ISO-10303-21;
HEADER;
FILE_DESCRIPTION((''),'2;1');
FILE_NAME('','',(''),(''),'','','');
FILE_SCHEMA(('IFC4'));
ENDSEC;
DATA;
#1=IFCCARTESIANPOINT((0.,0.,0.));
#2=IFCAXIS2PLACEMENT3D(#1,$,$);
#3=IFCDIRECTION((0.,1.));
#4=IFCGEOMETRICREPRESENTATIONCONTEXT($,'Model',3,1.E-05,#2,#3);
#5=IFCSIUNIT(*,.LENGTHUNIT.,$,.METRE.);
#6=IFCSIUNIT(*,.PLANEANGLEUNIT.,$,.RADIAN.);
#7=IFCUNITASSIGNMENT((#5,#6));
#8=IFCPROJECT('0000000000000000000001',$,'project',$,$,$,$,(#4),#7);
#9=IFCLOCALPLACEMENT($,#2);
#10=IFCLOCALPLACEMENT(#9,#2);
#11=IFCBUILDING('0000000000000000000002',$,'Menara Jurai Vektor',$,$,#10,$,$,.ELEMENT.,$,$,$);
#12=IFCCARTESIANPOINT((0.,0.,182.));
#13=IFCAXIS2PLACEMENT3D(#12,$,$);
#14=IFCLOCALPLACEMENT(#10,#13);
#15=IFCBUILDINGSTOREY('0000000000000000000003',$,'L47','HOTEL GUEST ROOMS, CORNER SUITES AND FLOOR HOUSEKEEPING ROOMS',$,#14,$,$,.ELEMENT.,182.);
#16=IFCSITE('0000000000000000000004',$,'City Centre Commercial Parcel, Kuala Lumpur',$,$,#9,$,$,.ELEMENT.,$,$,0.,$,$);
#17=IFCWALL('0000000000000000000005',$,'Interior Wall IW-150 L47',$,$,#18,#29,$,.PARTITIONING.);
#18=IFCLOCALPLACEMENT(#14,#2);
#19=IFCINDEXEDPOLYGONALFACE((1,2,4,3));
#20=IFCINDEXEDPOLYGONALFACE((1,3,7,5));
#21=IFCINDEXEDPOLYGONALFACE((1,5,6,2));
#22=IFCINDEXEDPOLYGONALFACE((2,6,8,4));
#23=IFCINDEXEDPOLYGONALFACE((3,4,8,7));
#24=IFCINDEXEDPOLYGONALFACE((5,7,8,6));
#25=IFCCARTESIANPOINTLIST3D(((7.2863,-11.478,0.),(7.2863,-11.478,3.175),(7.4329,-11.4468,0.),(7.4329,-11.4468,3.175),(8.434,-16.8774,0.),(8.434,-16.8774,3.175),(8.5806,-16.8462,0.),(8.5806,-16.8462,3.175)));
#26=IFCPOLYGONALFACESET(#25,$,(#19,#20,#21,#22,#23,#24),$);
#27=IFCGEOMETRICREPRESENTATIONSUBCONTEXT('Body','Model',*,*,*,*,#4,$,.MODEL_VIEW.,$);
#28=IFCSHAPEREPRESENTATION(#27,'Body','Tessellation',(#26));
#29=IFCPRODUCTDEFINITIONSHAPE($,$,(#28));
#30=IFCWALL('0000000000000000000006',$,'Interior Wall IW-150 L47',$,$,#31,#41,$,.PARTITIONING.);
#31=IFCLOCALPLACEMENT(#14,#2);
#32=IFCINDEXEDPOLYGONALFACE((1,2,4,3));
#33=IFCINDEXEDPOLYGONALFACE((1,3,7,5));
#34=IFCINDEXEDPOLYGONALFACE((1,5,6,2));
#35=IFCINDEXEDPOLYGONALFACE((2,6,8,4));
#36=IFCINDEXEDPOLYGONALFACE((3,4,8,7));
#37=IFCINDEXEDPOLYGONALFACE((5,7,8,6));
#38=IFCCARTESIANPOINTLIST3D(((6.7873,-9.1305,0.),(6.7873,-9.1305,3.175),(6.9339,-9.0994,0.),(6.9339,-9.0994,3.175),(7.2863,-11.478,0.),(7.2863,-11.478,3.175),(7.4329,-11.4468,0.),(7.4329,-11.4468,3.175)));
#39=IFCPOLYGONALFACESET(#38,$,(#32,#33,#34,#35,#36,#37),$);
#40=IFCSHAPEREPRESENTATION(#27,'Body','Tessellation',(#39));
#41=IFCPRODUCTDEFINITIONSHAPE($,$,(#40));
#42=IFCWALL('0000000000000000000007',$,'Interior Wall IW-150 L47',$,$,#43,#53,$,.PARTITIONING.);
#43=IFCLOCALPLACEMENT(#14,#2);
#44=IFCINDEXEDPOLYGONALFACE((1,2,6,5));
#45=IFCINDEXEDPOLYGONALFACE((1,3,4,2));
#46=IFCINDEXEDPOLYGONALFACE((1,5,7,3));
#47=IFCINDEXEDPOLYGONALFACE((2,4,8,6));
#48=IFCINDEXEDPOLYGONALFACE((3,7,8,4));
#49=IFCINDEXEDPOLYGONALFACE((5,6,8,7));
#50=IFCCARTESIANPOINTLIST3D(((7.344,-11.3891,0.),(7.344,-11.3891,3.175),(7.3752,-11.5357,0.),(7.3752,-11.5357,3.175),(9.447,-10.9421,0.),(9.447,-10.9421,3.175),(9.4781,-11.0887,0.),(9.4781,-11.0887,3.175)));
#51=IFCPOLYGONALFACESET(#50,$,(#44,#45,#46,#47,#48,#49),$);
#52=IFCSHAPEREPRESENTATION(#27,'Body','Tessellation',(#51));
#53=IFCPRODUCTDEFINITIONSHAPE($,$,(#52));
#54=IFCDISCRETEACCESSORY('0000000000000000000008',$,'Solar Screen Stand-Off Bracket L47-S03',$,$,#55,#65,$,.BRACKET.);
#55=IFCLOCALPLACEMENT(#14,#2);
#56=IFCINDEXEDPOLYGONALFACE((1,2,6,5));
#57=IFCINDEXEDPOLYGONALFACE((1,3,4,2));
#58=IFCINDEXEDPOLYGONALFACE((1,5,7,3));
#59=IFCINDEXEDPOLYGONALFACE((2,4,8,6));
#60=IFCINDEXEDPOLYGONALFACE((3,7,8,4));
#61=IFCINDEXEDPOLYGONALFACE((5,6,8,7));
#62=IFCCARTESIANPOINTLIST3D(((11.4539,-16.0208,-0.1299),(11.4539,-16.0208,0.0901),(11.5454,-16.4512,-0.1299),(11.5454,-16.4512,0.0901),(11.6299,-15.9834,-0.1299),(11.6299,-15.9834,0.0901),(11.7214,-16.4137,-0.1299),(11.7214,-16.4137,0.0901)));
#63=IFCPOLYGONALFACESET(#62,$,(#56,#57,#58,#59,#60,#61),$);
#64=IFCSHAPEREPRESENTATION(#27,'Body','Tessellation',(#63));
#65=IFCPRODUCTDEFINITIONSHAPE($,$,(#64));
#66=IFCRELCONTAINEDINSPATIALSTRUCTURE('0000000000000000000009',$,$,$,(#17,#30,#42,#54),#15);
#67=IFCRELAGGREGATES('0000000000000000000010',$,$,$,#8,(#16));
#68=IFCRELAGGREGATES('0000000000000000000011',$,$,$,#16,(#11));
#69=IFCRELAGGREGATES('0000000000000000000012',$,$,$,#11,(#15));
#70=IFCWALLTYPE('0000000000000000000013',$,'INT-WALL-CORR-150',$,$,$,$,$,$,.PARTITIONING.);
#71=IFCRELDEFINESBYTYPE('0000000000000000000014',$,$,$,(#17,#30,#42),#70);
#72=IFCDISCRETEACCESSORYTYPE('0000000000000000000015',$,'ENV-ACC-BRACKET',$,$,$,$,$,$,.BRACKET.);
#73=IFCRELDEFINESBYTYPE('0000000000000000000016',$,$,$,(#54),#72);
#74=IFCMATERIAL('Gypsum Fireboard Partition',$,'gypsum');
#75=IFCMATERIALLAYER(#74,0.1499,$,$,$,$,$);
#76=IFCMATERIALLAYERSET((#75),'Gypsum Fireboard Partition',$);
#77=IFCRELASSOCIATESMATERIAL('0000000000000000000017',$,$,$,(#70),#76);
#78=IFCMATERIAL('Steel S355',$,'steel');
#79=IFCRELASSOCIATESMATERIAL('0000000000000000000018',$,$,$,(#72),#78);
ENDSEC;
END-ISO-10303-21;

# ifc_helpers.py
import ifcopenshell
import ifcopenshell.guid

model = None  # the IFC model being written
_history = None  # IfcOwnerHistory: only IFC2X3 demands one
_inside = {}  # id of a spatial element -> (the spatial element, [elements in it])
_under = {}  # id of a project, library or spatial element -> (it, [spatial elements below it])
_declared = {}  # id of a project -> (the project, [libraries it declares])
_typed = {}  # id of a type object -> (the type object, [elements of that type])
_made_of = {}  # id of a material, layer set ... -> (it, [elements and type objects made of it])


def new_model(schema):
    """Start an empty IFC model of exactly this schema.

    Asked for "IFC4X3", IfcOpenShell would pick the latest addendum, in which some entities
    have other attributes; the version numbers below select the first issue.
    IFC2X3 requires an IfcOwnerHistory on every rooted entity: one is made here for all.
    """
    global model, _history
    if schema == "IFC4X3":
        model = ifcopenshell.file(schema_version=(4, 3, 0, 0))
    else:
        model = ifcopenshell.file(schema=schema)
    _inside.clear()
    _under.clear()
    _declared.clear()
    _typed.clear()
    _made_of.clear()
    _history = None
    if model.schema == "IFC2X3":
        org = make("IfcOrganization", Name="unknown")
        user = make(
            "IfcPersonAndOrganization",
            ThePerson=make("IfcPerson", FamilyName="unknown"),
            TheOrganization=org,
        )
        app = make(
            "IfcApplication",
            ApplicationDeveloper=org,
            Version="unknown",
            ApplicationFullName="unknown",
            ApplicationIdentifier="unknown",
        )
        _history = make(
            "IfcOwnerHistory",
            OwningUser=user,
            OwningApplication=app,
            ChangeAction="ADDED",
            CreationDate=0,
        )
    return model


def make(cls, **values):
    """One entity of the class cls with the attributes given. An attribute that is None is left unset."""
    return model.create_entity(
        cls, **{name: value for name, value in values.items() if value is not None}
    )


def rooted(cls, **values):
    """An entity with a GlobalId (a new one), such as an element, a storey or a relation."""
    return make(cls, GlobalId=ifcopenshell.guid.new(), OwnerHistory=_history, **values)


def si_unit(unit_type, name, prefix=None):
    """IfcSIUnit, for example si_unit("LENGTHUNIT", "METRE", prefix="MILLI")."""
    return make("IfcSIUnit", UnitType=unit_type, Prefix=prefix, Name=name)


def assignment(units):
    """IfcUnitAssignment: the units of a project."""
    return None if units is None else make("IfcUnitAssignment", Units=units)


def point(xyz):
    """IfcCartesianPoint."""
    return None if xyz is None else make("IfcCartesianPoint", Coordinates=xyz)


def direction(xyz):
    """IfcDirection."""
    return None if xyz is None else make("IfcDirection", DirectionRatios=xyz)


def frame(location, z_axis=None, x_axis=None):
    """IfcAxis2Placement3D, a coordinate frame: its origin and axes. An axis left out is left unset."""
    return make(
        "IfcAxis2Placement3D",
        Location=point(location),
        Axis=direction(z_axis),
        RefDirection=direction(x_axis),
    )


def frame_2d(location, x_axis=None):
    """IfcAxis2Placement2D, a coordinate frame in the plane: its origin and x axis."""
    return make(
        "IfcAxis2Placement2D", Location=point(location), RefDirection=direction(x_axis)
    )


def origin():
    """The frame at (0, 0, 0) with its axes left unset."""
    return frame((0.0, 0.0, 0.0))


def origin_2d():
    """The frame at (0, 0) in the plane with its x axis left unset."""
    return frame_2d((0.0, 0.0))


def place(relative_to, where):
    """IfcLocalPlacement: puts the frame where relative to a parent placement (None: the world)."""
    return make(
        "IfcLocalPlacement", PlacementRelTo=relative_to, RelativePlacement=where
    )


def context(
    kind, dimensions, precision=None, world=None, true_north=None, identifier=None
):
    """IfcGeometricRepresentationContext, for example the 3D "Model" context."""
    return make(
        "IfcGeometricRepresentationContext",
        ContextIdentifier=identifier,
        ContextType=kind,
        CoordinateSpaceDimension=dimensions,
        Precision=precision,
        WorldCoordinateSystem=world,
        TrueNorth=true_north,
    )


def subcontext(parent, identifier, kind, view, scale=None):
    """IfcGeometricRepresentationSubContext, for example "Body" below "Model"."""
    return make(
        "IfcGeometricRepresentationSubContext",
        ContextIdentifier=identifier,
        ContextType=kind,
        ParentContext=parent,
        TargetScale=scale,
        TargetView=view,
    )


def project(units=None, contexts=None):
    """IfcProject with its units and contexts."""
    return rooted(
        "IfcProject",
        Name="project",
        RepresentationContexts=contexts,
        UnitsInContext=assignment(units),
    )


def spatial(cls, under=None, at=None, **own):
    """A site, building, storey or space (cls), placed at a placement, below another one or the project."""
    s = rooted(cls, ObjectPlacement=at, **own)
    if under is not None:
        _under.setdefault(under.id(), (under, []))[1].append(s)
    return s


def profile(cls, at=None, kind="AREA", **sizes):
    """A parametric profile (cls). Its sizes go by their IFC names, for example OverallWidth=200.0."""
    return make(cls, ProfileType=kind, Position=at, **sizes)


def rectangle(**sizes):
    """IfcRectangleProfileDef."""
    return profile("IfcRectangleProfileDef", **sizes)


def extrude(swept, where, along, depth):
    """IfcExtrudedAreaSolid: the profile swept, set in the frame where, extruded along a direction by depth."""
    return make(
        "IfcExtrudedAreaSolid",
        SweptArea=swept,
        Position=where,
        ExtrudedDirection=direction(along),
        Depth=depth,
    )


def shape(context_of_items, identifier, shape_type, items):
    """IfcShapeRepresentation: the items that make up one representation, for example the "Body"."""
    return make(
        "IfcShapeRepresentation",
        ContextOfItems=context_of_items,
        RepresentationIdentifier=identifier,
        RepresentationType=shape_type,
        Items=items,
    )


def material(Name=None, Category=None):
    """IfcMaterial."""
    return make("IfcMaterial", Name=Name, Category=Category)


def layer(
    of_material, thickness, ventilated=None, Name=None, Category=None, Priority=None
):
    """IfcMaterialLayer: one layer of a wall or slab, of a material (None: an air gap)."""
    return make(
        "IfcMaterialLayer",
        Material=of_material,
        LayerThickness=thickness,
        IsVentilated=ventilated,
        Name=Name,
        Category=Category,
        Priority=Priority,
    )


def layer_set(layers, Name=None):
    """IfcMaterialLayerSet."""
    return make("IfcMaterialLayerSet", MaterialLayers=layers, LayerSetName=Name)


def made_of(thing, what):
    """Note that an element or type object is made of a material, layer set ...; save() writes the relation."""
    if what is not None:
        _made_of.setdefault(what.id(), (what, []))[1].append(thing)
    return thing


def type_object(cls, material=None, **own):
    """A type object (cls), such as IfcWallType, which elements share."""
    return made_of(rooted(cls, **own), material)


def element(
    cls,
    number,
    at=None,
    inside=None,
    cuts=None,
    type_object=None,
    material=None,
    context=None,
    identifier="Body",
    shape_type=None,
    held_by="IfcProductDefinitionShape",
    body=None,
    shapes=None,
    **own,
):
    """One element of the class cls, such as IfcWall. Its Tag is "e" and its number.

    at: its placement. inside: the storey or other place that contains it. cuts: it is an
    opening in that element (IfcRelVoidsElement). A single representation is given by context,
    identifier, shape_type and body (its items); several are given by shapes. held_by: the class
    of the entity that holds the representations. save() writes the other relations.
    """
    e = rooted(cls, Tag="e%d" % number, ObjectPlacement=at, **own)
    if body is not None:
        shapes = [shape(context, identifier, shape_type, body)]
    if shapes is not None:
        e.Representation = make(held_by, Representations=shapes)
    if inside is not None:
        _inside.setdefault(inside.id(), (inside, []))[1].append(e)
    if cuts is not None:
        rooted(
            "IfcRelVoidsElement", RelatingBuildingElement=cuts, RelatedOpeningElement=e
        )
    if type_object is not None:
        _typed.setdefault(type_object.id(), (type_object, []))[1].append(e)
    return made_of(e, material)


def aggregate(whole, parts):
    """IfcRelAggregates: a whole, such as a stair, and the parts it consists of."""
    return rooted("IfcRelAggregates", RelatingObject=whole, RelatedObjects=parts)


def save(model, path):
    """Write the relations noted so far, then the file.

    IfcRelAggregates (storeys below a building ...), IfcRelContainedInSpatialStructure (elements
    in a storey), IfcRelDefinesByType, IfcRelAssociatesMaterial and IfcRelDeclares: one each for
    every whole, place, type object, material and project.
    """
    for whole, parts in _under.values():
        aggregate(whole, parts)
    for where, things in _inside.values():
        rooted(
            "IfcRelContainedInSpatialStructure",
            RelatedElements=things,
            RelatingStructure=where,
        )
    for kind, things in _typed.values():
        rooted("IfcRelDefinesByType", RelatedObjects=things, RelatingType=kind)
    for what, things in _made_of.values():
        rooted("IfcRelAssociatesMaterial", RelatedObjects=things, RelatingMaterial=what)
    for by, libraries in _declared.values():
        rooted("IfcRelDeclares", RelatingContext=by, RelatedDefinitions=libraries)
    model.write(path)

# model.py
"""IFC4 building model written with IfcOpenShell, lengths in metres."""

from ifc_helpers import new_model, si_unit, direction, frame, frame_2d, origin, origin_2d, place, context, subcontext, project, spatial, rectangle, extrude, material, layer, layer_set, type_object, element, save


model = new_model("IFC4")

# Units and contexts
model_context = context("Model", 3, precision=1e-05, world=origin(), true_north=direction((0.0, 1.0)))
body_context = subcontext(model_context, "Body", "Model", "MODEL_VIEW")
ifc_project = project(units=[si_unit("LENGTHUNIT", "METRE"), si_unit("PLANEANGLEUNIT", "RADIAN")], contexts=[model_context])

# Site, building, storey
site_placement = place(None, origin())
site = spatial("IfcSite", under=ifc_project, at=site_placement, Name="City Centre Commercial Parcel, Kuala Lumpur", CompositionType="ELEMENT", RefElevation=0.0)
building_placement = place(site_placement, origin())
building = spatial("IfcBuilding", under=site, at=building_placement, Name="Menara Jurai Vektor", CompositionType="ELEMENT")
storey_placement = place(building_placement, frame((0.0, 0.0, 182.0)))
storey = spatial("IfcBuildingStorey", under=building, at=storey_placement, Name="L47", Description="HOTEL GUEST ROOMS, CORNER SUITES AND FLOOR HOUSEKEEPING ROOMS", CompositionType="ELEMENT", Elevation=182.0)

# Shared definitions
ifc_material_1 = material(Name="Steel S355", Category="steel")

# Shared definitions
ifc_material_2 = material(Name="Gypsum Fireboard Partition", Category="gypsum")
ifc_layer_1 = layer(ifc_material_2, 0.1499)
ifc_layer_set_1 = layer_set([ifc_layer_1], Name="Gypsum Fireboard Partition")
wall_type = type_object("IfcWallType", Name="INT-WALL-CORR-150", PredefinedType="PARTITIONING", material=ifc_layer_set_1)

# Walls
wall_1_placement = place(storey_placement, frame((8.5073, -16.8618, 0.0), z_axis=(0.0, 0.0, 1.0), x_axis=(-0.207916, 0.978147, 0.0)))
element("IfcWall", 1, at=wall_1_placement, inside=storey, type_object=wall_type, Name="Interior Wall IW-150 L47", PredefinedType="PARTITIONING", context=body_context, shape_type="SweptSolid", body=[
    extrude(rectangle(XDim=5.52, YDim=0.1499, at=frame_2d((2.76, 0.0))), origin(), (0.0, 0.0, 1.0), 3.175),
])
wall_2_placement = place(storey_placement, frame((7.3596, -11.4624, 0.0), z_axis=(0.0, 0.0, 1.0), x_axis=(-0.207938, 0.978142, 0.0)))
element("IfcWall", 2, at=wall_2_placement, inside=storey, type_object=wall_type, Name="Interior Wall IW-150 L47", PredefinedType="PARTITIONING", context=body_context, shape_type="SweptSolid", body=[
    extrude(rectangle(XDim=2.3999, YDim=0.1499, at=frame_2d((1.2, 0.0))), origin(), (0.0, 0.0, 1.0), 3.175),
])
wall_3_placement = place(storey_placement, frame((7.3596, -11.4624, 0.0), z_axis=(0.0, 0.0, 1.0), x_axis=(0.978147, 0.207916, 0.0)))
element("IfcWall", 3, at=wall_3_placement, inside=storey, type_object=wall_type, Name="Interior Wall IW-150 L47", PredefinedType="PARTITIONING", context=body_context, shape_type="SweptSolid", body=[
    extrude(rectangle(XDim=2.1499, YDim=0.1499, at=frame_2d((1.075, 0.0))), origin(), (0.0, 0.0, 1.0), 3.175),
])

# Discrete accessory
discrete_accessory_type = type_object("IfcDiscreteAccessoryType", Name="ENV-ACC-BRACKET", PredefinedType="BRACKET", material=ifc_material_1)
discrete_accessory_placement = place(storey_placement, frame((11.5876, -16.2173, -0.1299), z_axis=(0.0, 0.0, 1.0), x_axis=(0.978148, 0.207912, 0.0)))
element("IfcDiscreteAccessory", 4, at=discrete_accessory_placement, inside=storey, type_object=discrete_accessory_type, Name="Solar Screen Stand-Off Bracket L47-S03", PredefinedType="BRACKET", context=body_context, shape_type="SweptSolid", body=[
    extrude(rectangle(XDim=0.1799, YDim=0.4399, at=origin_2d()), origin(), (0.0, 0.0, 1.0), 0.22),
])

save(model, "model.ifc")
